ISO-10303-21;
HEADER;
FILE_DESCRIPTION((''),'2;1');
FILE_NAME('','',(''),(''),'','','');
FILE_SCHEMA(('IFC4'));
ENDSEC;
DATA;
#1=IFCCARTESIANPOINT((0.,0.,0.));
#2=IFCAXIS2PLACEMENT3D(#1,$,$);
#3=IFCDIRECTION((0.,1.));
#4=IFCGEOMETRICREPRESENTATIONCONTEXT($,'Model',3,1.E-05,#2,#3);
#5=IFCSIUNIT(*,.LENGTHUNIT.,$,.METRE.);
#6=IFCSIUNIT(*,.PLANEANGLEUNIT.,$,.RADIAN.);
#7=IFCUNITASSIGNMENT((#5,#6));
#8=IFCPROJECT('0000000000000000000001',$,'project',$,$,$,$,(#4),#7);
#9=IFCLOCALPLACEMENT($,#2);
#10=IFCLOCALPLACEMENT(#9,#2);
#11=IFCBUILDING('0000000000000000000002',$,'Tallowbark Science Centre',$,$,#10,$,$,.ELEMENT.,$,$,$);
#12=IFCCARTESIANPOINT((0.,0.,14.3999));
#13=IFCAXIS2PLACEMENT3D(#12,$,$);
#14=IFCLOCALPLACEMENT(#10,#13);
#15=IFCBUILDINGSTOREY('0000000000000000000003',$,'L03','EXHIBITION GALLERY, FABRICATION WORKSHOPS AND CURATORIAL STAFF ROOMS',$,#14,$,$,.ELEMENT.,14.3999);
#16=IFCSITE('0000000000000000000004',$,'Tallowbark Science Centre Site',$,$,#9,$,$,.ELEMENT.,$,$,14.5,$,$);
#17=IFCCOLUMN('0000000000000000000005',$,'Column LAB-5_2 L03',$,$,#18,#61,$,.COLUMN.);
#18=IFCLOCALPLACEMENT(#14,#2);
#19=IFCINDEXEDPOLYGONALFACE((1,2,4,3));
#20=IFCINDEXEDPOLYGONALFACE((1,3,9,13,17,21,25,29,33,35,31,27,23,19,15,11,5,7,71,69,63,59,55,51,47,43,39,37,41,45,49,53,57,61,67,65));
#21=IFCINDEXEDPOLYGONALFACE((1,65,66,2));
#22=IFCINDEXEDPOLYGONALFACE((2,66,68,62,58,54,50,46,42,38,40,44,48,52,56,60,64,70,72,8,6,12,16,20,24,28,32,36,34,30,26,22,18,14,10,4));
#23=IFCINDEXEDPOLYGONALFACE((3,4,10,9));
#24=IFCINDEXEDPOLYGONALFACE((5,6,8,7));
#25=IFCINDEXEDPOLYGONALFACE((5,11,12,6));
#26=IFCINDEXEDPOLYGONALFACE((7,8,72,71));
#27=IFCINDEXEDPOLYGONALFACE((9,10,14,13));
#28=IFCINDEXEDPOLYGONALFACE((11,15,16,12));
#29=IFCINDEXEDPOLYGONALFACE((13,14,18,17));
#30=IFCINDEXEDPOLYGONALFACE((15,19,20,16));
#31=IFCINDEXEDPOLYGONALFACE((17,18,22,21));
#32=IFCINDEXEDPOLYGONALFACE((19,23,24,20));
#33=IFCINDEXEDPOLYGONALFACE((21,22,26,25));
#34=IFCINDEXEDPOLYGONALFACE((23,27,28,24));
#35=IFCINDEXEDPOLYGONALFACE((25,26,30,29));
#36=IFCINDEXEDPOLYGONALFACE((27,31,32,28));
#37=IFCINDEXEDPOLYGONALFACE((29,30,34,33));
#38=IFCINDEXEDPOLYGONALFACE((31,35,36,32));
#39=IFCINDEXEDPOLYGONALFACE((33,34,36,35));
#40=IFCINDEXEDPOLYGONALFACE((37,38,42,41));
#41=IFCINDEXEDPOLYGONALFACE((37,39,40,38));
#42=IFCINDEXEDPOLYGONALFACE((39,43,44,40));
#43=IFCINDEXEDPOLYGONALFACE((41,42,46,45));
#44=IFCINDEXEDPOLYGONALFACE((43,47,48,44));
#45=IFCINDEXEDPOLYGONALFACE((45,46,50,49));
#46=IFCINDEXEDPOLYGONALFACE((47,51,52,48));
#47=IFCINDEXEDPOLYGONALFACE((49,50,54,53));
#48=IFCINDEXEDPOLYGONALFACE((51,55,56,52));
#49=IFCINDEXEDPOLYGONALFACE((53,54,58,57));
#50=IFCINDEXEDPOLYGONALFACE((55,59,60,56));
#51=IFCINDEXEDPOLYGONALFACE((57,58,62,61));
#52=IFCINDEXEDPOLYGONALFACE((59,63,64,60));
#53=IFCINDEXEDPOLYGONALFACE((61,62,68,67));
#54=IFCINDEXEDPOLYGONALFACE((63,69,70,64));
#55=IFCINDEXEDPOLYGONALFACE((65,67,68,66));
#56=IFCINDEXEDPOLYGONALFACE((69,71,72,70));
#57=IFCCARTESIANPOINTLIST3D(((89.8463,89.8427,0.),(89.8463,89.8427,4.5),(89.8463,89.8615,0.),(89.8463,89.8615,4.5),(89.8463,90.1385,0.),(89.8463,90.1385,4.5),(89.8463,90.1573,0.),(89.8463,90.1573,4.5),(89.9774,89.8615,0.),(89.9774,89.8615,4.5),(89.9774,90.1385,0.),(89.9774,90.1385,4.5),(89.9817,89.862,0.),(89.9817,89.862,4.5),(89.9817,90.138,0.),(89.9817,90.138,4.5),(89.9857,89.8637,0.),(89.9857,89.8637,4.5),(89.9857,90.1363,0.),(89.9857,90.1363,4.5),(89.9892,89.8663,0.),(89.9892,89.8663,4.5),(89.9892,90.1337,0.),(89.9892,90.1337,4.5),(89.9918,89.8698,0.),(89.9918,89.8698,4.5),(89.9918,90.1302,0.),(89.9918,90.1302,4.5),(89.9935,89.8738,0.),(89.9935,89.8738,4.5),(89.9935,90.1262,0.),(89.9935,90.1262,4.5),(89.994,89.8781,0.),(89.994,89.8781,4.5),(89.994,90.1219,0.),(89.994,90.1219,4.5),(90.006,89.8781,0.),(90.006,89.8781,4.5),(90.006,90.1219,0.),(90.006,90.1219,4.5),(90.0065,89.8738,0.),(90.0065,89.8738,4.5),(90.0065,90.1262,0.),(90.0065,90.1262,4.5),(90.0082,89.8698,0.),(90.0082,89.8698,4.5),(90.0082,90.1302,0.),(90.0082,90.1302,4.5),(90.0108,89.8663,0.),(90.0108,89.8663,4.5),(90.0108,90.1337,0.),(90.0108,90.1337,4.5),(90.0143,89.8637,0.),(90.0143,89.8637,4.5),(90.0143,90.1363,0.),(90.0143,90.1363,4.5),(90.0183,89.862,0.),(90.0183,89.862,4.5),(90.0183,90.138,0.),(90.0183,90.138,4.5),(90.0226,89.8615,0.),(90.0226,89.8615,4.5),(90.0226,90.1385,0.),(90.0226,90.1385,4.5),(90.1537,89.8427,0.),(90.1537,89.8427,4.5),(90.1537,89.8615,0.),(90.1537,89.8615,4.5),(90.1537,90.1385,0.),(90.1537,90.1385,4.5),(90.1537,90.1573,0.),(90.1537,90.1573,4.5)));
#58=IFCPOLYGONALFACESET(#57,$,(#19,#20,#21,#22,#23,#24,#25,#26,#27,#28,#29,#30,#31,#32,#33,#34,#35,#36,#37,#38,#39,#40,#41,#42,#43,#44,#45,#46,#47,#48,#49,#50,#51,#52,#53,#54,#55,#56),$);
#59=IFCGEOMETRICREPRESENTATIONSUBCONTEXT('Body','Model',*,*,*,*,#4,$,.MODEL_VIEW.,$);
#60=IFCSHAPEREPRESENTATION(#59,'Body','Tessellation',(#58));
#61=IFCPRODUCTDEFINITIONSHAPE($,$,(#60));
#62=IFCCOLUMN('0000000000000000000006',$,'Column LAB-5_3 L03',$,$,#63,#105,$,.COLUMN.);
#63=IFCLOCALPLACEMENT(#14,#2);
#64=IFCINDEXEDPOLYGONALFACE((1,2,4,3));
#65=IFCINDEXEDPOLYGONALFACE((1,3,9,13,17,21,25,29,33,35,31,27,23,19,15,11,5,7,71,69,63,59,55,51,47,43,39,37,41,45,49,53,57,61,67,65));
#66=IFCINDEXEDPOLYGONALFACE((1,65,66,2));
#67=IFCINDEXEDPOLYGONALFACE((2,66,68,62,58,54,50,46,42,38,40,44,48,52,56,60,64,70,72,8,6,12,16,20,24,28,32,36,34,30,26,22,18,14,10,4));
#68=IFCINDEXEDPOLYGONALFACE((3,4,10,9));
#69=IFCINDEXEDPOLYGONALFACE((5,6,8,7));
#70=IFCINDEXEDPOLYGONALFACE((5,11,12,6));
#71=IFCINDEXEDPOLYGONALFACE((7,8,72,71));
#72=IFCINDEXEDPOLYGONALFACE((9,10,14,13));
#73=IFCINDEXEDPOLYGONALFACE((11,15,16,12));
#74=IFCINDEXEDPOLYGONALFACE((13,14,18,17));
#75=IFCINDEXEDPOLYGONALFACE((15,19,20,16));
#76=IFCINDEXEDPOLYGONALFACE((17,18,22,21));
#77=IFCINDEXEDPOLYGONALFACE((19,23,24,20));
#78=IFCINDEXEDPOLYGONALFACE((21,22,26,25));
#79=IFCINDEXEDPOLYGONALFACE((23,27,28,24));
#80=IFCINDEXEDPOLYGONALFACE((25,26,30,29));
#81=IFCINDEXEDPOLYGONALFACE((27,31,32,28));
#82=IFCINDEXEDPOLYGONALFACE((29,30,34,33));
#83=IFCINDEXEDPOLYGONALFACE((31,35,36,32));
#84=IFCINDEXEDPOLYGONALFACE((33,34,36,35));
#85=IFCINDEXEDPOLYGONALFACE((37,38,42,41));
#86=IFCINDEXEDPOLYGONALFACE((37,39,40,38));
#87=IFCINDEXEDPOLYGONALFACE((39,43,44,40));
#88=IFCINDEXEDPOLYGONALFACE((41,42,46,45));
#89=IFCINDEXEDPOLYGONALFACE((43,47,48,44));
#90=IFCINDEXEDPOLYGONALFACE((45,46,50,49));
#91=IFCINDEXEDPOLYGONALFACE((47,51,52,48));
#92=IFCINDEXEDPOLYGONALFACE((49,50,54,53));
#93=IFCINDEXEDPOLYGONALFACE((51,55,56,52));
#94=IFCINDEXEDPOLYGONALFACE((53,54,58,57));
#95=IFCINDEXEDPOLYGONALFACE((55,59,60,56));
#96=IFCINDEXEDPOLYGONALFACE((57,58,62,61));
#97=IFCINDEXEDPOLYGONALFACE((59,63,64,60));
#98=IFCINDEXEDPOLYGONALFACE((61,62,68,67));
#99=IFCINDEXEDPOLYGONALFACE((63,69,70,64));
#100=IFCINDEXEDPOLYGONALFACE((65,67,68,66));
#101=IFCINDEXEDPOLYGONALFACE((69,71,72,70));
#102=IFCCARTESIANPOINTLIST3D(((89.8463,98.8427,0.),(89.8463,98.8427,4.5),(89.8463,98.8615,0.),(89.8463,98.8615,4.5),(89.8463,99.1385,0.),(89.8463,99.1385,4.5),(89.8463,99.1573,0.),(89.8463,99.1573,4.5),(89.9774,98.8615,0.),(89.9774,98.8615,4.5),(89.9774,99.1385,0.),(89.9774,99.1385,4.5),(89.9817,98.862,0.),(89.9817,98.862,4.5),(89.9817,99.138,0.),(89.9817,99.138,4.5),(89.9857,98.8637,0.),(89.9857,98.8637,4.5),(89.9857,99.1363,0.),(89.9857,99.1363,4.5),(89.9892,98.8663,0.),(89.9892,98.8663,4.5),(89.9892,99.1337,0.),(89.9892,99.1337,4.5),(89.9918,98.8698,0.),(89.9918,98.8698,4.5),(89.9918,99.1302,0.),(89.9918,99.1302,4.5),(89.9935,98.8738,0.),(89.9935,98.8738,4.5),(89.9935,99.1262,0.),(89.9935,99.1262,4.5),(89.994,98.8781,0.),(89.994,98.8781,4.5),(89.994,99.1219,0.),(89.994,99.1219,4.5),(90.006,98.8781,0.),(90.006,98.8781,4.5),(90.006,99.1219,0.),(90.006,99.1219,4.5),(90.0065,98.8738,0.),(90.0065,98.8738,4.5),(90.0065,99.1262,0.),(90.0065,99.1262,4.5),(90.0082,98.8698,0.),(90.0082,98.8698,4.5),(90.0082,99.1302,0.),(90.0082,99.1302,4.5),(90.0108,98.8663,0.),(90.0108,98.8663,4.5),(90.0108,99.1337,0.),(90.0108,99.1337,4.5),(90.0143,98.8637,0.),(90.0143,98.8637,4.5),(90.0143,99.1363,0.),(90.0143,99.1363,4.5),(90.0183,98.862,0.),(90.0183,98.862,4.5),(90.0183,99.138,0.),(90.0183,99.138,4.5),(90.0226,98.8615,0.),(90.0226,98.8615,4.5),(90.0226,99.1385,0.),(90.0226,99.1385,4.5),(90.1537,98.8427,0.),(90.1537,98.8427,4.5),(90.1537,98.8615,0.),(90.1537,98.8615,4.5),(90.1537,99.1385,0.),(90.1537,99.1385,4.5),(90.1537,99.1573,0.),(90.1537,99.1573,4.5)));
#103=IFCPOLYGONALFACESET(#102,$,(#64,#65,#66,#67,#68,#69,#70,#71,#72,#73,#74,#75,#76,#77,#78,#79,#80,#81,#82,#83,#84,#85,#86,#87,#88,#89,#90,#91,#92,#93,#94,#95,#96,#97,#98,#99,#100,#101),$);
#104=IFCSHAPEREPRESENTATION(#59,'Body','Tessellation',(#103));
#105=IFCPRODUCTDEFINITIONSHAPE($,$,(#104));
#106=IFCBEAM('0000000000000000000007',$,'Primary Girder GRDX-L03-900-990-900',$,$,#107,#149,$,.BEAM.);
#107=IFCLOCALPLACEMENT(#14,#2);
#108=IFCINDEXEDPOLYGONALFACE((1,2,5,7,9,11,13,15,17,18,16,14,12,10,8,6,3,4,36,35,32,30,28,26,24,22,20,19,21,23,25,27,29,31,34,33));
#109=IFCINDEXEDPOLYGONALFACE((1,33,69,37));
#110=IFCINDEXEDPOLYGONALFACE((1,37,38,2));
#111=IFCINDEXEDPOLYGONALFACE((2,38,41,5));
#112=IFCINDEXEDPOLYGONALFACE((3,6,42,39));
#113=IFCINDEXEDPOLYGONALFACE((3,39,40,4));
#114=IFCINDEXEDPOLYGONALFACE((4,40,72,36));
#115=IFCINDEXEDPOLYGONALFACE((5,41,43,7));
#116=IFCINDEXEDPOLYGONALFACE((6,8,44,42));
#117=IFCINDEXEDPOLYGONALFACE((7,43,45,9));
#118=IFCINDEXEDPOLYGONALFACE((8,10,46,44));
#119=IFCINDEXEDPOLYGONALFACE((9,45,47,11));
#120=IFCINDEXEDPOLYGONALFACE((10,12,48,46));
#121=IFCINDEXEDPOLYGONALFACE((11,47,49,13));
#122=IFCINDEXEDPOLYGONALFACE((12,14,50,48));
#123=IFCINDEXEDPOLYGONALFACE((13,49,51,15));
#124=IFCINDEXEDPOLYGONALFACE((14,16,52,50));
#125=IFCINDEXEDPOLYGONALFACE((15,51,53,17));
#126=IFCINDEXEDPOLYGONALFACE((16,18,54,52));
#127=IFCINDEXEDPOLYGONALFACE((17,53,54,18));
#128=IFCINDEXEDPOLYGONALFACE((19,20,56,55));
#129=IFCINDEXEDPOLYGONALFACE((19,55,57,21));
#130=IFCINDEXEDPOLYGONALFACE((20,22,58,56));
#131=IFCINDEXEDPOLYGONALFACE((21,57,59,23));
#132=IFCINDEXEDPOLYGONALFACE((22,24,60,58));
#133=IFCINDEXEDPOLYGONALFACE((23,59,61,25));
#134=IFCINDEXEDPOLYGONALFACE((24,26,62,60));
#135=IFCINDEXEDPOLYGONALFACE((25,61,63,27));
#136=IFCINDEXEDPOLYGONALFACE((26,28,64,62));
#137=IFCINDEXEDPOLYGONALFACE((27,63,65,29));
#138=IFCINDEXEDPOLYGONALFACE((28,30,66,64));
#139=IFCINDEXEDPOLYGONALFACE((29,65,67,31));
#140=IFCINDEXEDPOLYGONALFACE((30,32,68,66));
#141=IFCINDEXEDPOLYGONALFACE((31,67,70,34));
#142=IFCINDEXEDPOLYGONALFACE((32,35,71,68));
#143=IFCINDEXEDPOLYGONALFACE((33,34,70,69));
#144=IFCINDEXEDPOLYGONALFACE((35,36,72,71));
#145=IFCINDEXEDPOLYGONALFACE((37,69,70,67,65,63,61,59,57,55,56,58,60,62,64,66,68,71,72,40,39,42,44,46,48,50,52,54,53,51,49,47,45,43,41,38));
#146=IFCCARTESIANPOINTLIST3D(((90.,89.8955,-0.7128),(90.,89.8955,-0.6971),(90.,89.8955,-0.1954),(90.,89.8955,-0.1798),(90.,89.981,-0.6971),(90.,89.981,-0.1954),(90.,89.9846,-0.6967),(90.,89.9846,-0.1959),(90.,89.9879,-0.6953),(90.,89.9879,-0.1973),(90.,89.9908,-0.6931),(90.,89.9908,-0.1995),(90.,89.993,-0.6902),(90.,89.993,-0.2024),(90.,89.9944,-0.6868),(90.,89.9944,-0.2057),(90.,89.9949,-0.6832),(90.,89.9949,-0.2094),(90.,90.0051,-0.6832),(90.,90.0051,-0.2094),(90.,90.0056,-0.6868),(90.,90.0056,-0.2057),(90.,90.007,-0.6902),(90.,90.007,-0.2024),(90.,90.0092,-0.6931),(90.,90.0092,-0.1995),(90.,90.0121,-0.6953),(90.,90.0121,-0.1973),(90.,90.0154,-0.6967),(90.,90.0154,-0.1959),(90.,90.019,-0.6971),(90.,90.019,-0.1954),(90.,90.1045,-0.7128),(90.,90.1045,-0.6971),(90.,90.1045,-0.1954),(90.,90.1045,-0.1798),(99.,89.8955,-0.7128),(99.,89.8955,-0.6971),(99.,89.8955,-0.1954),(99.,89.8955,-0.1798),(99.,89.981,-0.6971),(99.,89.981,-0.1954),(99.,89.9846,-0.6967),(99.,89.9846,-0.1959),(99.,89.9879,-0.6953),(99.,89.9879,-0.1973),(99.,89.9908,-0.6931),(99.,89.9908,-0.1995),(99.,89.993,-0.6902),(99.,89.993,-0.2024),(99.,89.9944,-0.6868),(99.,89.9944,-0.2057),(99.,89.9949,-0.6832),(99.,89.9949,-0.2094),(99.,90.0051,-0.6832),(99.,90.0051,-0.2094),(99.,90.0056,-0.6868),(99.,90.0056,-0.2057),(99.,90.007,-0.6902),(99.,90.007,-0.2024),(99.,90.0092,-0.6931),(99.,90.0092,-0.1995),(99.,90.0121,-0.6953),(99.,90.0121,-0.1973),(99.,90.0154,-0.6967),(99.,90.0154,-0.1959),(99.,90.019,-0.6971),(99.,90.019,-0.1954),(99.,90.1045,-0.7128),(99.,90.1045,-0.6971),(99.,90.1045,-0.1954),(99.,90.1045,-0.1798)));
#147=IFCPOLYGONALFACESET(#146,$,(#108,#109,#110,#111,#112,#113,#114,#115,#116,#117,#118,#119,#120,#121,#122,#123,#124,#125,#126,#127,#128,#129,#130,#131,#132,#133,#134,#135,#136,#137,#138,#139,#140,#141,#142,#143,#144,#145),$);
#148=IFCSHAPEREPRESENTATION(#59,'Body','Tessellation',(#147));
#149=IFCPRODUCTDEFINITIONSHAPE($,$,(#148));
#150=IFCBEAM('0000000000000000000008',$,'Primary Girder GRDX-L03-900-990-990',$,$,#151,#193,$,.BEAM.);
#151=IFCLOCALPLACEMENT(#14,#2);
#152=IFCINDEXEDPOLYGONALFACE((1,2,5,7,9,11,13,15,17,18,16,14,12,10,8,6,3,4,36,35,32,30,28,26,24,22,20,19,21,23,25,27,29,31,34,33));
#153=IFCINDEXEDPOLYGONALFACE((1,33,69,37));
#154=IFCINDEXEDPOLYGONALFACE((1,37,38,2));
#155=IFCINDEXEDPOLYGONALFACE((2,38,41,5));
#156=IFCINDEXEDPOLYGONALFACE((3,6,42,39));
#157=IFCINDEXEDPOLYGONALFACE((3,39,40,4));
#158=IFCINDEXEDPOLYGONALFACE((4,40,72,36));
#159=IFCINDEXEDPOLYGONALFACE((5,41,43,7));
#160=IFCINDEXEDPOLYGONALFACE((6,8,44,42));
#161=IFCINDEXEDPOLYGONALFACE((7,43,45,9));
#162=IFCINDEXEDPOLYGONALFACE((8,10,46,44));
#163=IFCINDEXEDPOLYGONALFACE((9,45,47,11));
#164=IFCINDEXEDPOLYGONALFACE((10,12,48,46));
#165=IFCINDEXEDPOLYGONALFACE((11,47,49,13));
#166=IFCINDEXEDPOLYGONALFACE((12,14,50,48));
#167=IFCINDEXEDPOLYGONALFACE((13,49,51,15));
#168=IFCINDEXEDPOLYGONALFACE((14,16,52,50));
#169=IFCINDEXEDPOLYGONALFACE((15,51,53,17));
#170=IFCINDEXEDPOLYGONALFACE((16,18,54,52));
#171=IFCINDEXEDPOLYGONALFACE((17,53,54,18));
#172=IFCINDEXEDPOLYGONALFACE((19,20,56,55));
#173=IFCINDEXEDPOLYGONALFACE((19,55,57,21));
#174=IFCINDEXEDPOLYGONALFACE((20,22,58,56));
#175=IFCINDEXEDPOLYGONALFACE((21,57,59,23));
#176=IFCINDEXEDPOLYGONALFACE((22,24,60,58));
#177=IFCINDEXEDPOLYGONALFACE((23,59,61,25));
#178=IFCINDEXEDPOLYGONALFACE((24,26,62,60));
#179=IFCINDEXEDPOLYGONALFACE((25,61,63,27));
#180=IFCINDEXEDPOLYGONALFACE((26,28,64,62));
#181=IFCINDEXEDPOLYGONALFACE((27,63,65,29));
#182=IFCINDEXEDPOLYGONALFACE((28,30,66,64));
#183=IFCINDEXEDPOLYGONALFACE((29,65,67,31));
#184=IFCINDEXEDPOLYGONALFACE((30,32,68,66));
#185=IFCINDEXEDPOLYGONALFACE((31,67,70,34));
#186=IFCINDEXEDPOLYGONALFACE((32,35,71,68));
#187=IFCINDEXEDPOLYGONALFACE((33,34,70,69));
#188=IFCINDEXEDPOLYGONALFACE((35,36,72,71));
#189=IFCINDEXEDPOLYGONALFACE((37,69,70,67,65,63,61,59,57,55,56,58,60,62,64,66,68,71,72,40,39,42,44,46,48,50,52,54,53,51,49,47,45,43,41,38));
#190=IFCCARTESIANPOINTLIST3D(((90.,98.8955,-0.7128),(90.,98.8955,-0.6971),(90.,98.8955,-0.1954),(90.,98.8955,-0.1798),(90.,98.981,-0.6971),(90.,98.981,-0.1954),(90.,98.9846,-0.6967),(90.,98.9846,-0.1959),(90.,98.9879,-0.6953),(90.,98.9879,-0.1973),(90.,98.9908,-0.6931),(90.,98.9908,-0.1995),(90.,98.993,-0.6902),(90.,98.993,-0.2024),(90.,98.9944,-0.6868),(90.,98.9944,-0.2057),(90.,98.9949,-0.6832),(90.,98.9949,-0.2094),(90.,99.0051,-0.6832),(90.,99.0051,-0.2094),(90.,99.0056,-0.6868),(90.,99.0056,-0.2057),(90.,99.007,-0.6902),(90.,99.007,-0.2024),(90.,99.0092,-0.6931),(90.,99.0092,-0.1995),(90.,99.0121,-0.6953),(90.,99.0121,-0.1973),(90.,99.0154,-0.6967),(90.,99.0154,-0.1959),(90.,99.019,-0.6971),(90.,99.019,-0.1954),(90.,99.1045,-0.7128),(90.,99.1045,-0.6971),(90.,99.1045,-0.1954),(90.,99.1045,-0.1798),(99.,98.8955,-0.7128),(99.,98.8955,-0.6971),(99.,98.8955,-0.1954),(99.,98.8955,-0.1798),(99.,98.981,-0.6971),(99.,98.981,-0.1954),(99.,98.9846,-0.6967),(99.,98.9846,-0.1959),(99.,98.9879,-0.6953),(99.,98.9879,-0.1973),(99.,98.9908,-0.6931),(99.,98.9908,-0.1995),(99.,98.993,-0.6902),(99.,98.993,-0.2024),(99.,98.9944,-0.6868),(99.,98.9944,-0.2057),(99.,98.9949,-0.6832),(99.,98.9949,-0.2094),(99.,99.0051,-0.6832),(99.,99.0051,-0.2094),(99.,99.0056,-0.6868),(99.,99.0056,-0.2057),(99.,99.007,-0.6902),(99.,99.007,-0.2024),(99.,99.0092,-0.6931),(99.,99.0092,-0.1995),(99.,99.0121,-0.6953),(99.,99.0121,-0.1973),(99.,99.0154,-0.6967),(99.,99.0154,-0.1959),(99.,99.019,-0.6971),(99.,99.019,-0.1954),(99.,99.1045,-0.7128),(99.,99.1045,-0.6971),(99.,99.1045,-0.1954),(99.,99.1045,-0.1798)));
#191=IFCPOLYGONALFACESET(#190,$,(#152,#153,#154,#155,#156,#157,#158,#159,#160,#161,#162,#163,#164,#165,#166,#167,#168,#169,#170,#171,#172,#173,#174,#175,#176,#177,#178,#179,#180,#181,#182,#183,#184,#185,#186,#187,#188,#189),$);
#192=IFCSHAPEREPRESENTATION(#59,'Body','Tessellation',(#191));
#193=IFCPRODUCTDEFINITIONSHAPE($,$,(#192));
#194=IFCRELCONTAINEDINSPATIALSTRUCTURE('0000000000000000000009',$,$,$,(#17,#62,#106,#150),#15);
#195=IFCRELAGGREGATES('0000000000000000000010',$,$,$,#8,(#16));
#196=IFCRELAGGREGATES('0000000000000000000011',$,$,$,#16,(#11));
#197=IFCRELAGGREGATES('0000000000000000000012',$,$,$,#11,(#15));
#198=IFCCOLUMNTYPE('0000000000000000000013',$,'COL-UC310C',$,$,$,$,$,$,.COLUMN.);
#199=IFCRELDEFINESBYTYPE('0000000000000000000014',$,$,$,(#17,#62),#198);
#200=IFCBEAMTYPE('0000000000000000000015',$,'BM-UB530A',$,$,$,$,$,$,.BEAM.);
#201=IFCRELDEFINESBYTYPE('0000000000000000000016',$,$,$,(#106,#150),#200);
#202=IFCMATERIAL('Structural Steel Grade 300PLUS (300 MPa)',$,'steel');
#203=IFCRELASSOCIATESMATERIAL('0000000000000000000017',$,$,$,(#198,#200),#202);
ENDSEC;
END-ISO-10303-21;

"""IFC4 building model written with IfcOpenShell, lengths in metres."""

from ifc_helpers import new_model, si_unit, direction, frame, origin, origin_2d, place, context, subcontext, project, spatial, i_section, extrude, material, material_profile, profile_set, type_object, element, save


model = new_model("IFC4")

# Units and contexts
model_context = context("Model", 3, precision=1e-05, world=origin(), true_north=direction((0.0, 1.0)))
body_context = subcontext(model_context, "Body", "Model", "MODEL_VIEW")
ifc_project = project(units=[si_unit("LENGTHUNIT", "METRE"), si_unit("PLANEANGLEUNIT", "RADIAN")], contexts=[model_context])

# Site, building, storey
site_placement = place(None, origin())
site = spatial("IfcSite", under=ifc_project, at=site_placement, Name="Tallowbark Science Centre Site", CompositionType="ELEMENT", RefElevation=14.5)
building_placement = place(site_placement, origin())
building = spatial("IfcBuilding", under=site, at=building_placement, Name="Tallowbark Science Centre", CompositionType="ELEMENT")
storey_placement = place(building_placement, frame((0.0, 0.0, 14.3999)))
storey = spatial("IfcBuildingStorey", under=building, at=storey_placement, Name="L03", Description="EXHIBITION GALLERY, FABRICATION WORKSHOPS AND CURATORIAL STAFF ROOMS", CompositionType="ELEMENT", Elevation=14.3999)

# Columns
ifc_material_1 = material(Name="Structural Steel Grade 300PLUS (300 MPa)", Category="steel")
ifc_material_profile_1 = material_profile(ifc_material_1, i_section(OverallWidth=0.3074, OverallDepth=0.3147, WebThickness=0.012, FlangeThickness=0.0188, FilletRadius=0.0166, at=origin_2d()), Name="310UC118")
ifc_profile_set_1 = profile_set([ifc_material_profile_1], Name="Structural Steel Grade 300PLUS (300 MPa)")
column_type = type_object("IfcColumnType", Name="COL-UC310C", PredefinedType="COLUMN", material=ifc_profile_set_1)
for number, where, z_axis, x_axis, name in (
    (1, (90.0, 90.0, 0.0), (0.0, 0.0, 1.0), (1.0, 0.0, 0.0), "Column LAB-5_2 L03"),
    (2, (90.0, 99.0, 0.0), (0.0, 0.0, 1.0), (1.0, 0.0, 0.0), "Column LAB-5_3 L03"),
):
    element("IfcColumn", number, at=place(storey_placement, frame(where, z_axis=z_axis, x_axis=x_axis)), inside=storey, type_object=column_type, Name=name, PredefinedType="COLUMN", context=body_context, shape_type="SweptSolid", body=[
        extrude(i_section(OverallWidth=0.3074, OverallDepth=0.3147, WebThickness=0.012, FlangeThickness=0.0188, FilletRadius=0.0166, at=origin_2d()), origin(), (0.0, 0.0, 1.0), 4.5),
    ])

# Beams
ifc_material_profile_2 = material_profile(ifc_material_1, i_section(OverallWidth=0.209, OverallDepth=0.533, WebThickness=0.0103, FlangeThickness=0.0156, FilletRadius=0.0139, at=origin_2d()), Name="530UB92.4")
ifc_profile_set_2 = profile_set([ifc_material_profile_2], Name="Structural Steel Grade 300PLUS (300 MPa)")
beam_type_1 = type_object("IfcBeamType", Name="BM-UB530A", PredefinedType="BEAM", material=ifc_profile_set_2)
for number, where, z_axis, x_axis, name in (
    (3, (90.0, 90.0, -0.4463), (1.0, 0.0, 0.0), (0.0, 1.0, 0.0), "Primary Girder GRDX-L03-900-990-900"),
    (4, (90.0, 99.0, -0.4463), (1.0, 0.0, 0.0), (0.0, 1.0, 0.0), "Primary Girder GRDX-L03-900-990-990"),
):
    element("IfcBeam", number, at=place(storey_placement, frame(where, z_axis=z_axis, x_axis=x_axis)), inside=storey, type_object=beam_type_1, Name=name, PredefinedType="BEAM", context=body_context, shape_type="SweptSolid", body=[
        extrude(i_section(OverallWidth=0.209, OverallDepth=0.533, WebThickness=0.0103, FlangeThickness=0.0156, FilletRadius=0.0139, at=origin_2d()), origin(), (0.0, 0.0, 1.0), 9.0),
    ])

save(model, "model.ifc")
